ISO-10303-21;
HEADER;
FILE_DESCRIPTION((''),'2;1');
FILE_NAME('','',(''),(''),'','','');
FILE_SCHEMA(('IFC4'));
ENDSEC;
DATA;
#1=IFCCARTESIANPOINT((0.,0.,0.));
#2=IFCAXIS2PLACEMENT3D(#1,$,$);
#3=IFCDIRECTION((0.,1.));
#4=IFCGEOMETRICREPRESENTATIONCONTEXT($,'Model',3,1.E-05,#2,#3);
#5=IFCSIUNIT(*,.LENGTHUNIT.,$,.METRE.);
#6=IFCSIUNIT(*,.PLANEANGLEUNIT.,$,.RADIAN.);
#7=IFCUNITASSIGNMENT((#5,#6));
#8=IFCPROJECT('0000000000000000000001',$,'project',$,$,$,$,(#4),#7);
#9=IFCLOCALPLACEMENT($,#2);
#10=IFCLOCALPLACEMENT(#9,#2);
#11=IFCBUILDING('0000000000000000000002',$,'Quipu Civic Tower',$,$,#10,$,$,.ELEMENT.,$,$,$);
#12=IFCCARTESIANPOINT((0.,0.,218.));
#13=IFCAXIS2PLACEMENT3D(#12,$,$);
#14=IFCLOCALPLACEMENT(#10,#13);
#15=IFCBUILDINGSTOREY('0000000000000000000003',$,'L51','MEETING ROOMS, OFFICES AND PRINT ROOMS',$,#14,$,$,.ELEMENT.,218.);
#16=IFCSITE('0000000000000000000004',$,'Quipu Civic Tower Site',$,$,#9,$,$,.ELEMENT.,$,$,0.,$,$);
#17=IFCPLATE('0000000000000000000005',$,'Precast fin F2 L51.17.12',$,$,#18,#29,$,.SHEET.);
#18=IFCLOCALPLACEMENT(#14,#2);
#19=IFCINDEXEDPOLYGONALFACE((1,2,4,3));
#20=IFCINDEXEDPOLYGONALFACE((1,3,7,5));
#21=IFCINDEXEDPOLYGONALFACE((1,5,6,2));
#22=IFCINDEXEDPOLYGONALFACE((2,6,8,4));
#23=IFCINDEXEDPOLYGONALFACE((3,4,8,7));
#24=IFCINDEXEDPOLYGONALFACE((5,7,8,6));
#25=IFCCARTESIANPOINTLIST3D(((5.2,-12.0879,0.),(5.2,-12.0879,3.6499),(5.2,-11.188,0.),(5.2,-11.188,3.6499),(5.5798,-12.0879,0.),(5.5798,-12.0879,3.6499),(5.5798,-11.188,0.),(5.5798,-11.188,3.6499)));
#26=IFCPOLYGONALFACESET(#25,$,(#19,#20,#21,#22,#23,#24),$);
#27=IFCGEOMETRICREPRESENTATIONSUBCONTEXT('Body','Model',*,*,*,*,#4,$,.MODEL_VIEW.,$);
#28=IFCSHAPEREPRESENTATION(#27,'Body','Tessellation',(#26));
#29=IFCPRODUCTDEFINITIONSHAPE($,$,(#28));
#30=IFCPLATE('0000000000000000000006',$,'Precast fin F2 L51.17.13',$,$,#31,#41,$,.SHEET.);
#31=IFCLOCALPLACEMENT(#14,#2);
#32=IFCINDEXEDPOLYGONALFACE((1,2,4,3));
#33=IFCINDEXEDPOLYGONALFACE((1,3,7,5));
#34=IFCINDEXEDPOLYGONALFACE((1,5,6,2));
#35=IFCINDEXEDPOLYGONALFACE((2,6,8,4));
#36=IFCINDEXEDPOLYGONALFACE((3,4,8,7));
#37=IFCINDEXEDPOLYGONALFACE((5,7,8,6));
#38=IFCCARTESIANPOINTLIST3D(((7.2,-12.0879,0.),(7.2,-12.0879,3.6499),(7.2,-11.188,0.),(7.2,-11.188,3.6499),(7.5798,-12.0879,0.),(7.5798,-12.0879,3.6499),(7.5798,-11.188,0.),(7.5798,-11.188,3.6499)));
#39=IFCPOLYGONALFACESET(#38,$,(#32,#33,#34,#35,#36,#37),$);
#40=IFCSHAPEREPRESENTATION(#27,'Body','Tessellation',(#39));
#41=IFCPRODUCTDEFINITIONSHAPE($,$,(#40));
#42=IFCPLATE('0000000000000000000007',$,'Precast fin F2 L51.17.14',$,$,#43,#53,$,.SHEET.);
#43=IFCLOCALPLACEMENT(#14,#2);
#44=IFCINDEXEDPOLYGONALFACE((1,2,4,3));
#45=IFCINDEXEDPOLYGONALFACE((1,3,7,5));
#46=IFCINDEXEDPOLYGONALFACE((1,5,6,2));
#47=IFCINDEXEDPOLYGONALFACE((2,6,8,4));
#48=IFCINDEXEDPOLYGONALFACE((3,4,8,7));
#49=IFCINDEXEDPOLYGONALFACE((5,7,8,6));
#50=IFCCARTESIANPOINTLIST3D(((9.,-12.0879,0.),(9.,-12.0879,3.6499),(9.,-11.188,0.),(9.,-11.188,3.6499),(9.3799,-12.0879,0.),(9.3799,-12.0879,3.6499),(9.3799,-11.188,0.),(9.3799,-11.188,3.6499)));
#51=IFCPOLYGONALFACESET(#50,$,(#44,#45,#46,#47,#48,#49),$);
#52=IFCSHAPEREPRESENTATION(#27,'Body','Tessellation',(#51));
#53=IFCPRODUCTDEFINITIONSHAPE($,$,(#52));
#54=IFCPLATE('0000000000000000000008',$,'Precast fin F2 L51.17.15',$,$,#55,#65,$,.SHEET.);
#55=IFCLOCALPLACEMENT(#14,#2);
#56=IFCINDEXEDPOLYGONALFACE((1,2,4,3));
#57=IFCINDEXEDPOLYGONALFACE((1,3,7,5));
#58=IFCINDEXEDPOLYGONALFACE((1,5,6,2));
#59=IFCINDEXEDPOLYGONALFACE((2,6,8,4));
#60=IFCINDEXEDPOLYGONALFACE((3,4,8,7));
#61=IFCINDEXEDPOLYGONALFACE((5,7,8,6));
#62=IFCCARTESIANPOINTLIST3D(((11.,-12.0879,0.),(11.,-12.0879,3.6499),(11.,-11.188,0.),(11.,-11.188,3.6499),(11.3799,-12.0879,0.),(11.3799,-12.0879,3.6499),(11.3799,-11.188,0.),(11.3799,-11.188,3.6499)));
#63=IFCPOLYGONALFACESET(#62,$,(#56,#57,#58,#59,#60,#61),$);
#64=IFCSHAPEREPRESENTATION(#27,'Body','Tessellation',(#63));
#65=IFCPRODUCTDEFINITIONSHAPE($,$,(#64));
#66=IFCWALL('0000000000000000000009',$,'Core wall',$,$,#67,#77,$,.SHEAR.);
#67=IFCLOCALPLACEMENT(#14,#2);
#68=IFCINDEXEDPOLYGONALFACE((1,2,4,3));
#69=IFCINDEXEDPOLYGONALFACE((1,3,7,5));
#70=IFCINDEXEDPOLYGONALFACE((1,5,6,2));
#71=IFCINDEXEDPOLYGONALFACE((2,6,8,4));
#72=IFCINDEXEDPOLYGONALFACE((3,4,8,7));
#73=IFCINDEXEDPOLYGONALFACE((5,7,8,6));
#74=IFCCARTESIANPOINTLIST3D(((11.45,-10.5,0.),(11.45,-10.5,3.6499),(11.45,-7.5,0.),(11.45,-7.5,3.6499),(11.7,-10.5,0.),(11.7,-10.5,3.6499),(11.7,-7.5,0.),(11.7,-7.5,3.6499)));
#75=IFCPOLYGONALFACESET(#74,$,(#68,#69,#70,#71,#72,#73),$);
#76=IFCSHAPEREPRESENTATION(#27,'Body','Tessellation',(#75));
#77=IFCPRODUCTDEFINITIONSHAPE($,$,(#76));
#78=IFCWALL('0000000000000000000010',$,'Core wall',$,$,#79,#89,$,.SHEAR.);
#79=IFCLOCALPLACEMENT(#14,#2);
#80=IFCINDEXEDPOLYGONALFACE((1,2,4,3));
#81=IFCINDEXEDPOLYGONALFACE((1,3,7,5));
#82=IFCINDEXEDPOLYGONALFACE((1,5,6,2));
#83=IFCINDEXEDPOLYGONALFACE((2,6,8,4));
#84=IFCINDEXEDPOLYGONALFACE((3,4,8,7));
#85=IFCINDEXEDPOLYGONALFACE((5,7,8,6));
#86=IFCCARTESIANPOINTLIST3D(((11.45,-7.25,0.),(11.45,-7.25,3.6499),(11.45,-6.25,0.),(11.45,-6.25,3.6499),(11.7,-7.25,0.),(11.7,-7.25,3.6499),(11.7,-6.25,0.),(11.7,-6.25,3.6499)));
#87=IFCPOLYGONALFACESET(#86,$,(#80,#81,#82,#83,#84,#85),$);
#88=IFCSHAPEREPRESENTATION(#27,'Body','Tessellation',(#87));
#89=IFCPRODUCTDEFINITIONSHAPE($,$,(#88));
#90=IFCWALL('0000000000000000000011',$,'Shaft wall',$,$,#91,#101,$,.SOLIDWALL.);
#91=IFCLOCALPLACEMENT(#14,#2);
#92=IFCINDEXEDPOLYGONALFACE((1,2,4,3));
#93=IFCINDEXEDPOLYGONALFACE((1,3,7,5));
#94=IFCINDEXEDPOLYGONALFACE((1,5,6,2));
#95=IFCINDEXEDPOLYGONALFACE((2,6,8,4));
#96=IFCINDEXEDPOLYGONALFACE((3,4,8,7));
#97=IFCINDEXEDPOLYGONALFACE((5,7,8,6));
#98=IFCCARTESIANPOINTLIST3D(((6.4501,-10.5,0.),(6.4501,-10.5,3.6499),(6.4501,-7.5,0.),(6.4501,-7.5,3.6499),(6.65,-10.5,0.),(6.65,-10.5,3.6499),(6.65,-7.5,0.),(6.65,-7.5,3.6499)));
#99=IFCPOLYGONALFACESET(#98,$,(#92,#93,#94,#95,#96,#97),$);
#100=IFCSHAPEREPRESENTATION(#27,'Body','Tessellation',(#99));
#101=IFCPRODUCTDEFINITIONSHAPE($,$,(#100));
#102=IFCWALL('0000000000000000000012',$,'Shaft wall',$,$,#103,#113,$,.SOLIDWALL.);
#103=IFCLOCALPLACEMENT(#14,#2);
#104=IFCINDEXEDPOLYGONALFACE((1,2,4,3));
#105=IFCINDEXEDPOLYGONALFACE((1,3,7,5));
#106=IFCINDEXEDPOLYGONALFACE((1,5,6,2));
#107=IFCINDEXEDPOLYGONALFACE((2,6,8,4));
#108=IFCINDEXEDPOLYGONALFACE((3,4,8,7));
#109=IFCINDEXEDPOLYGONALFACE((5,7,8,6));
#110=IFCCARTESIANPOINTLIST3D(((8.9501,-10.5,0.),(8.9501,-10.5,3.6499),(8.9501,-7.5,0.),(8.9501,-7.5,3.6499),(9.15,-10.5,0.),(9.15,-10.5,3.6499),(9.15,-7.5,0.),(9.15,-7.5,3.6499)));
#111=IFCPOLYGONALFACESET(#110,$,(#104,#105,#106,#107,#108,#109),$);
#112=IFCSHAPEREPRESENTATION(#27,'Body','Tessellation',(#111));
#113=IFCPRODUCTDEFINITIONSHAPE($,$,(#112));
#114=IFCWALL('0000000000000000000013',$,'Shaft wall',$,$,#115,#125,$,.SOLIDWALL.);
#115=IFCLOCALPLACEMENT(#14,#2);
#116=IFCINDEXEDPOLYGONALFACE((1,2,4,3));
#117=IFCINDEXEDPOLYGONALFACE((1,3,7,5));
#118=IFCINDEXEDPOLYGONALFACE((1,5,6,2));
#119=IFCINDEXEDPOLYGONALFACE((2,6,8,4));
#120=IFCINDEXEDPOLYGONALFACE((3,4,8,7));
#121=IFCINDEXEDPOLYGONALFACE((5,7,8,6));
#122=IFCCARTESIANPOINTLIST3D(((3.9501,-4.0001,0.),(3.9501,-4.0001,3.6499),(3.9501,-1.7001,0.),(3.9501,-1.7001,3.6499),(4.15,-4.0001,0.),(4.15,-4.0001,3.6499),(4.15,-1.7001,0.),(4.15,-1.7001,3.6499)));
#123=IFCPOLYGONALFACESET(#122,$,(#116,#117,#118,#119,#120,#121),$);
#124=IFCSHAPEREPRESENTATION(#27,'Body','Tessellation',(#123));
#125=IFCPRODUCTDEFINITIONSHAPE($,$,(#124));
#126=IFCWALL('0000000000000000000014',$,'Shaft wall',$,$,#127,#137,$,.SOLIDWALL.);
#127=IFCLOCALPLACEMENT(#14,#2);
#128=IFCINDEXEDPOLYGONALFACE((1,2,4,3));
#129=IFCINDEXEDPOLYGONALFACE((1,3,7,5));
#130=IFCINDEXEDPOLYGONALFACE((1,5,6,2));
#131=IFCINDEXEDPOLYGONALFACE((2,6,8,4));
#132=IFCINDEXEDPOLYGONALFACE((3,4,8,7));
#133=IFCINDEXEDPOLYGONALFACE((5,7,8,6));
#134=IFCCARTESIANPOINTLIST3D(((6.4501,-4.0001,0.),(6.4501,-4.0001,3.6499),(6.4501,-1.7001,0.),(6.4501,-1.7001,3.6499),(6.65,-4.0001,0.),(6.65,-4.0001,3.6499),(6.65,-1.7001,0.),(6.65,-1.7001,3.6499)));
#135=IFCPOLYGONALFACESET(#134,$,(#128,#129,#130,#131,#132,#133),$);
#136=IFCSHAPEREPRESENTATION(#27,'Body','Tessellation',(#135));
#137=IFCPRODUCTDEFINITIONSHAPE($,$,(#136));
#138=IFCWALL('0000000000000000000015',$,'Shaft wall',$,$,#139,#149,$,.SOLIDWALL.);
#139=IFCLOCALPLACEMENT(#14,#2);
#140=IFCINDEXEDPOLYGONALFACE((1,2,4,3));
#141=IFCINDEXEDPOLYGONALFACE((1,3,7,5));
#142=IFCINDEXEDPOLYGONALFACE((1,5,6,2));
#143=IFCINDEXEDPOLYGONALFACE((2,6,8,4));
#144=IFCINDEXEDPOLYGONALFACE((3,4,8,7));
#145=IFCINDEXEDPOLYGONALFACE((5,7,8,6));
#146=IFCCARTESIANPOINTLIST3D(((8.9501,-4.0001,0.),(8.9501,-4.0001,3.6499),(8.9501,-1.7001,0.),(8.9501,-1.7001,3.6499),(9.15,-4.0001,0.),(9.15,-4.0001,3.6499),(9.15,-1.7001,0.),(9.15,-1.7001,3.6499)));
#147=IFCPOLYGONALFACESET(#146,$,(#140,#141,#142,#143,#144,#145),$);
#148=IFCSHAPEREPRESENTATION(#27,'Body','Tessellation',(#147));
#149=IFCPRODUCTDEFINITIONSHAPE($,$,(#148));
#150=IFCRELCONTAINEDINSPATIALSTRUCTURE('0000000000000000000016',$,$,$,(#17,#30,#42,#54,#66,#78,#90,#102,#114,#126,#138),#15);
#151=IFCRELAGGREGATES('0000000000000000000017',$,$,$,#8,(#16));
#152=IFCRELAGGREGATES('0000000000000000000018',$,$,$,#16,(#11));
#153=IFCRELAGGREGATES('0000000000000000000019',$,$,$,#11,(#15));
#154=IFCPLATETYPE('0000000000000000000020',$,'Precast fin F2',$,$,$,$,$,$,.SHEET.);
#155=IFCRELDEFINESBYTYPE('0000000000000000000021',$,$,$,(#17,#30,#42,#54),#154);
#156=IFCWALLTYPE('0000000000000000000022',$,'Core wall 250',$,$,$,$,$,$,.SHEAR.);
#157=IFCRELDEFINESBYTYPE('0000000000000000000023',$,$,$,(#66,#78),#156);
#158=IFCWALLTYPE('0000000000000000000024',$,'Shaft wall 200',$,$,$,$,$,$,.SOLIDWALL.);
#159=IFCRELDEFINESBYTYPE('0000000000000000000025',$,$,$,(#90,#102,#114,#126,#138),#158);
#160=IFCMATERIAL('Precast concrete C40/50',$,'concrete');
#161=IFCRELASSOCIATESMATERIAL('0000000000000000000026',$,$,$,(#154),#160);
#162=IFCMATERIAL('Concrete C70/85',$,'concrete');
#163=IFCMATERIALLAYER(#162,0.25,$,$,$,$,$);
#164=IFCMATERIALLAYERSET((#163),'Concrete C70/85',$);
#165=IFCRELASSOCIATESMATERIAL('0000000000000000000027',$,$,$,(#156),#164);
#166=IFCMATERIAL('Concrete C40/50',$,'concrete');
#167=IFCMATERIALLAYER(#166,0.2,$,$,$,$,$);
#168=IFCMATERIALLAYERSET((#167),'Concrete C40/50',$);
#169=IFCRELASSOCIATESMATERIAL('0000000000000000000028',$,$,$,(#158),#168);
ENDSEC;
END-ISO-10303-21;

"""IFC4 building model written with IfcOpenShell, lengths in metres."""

from ifc_helpers import new_model, si_unit, direction, frame, frame_2d, origin, origin_2d, place, context, subcontext, project, spatial, rectangle, extrude, material, layer, layer_set, type_object, element, save


model = new_model("IFC4")

# Units and contexts
model_context = context("Model", 3, precision=1e-05, world=origin(), true_north=direction((0.0, 1.0)))
body_context = subcontext(model_context, "Body", "Model", "MODEL_VIEW")
ifc_project = project(units=[si_unit("LENGTHUNIT", "METRE"), si_unit("PLANEANGLEUNIT", "RADIAN")], contexts=[model_context])

# Site, building, storey
site_placement = place(None, origin())
site = spatial("IfcSite", under=ifc_project, at=site_placement, Name="Quipu Civic Tower Site", CompositionType="ELEMENT", RefElevation=0.0)
building_placement = place(site_placement, origin())
building = spatial("IfcBuilding", under=site, at=building_placement, Name="Quipu Civic Tower", CompositionType="ELEMENT")
storey_placement = place(building_placement, frame((0.0, 0.0, 218.0)))
storey = spatial("IfcBuildingStorey", under=building, at=storey_placement, Name="L51", Description="MEETING ROOMS, OFFICES AND PRINT ROOMS", CompositionType="ELEMENT", Elevation=218.0)

# Plates
ifc_material_1 = material(Name="Precast concrete C40/50", Category="concrete")
plate_type = type_object("IfcPlateType", Name="Precast fin F2", PredefinedType="SHEET", material=ifc_material_1)
for number, where, z_axis, x_axis, name in (
    (1, (5.3899, -11.6379, 0.0), (0.0, 0.0, 1.0), (1.0, 0.0, 0.0), "Precast fin F2 L51.17.12"),
    (2, (7.3899, -11.6379, 0.0), (0.0, 0.0, 1.0), (1.0, 0.0, 0.0), "Precast fin F2 L51.17.13"),
    (3, (9.1899, -11.6379, 0.0), (0.0, 0.0, 1.0), (1.0, 0.0, 0.0), "Precast fin F2 L51.17.14"),
    (4, (11.1899, -11.6379, 0.0), (0.0, 0.0, 1.0), (1.0, 0.0, 0.0), "Precast fin F2 L51.17.15"),
):
    element("IfcPlate", number, at=place(storey_placement, frame(where, z_axis=z_axis, x_axis=x_axis)), inside=storey, type_object=plate_type, Name=name, PredefinedType="SHEET", context=body_context, shape_type="SweptSolid", body=[
        extrude(rectangle(XDim=0.3799, YDim=0.8999, at=origin_2d()), origin(), (0.0, 0.0, 1.0), 3.6499),
    ])

# Walls
ifc_material_2 = material(Name="Concrete C70/85", Category="concrete")
ifc_layer_1 = layer(ifc_material_2, 0.25)
ifc_layer_set_1 = layer_set([ifc_layer_1], Name="Concrete C70/85")
wall_type_1 = type_object("IfcWallType", Name="Core wall 250", PredefinedType="SHEAR", material=ifc_layer_set_1)
wall_1_placement = place(storey_placement, frame((11.575, -10.5, 0.0), z_axis=(0.0, 0.0, 1.0), x_axis=(0.0, 1.0, 0.0)))
element("IfcWall", 5, at=wall_1_placement, inside=storey, type_object=wall_type_1, Name="Core wall", PredefinedType="SHEAR", context=body_context, shape_type="SweptSolid", body=[
    extrude(rectangle(XDim=3.0, YDim=0.25, at=frame_2d((1.5, 0.0))), origin(), (0.0, 0.0, 1.0), 3.6499),
])
wall_2_placement = place(storey_placement, frame((11.575, -7.25, 0.0), z_axis=(0.0, 0.0, 1.0), x_axis=(0.0, 1.0, 0.0)))
element("IfcWall", 6, at=wall_2_placement, inside=storey, type_object=wall_type_1, Name="Core wall", PredefinedType="SHEAR", context=body_context, shape_type="SweptSolid", body=[
    extrude(rectangle(XDim=1.0, YDim=0.25, at=frame_2d((0.5, 0.0))), origin(), (0.0, 0.0, 1.0), 3.6499),
])
ifc_material_3 = material(Name="Concrete C40/50", Category="concrete")
ifc_layer_2 = layer(ifc_material_3, 0.2)
ifc_layer_set_2 = layer_set([ifc_layer_2], Name="Concrete C40/50")
wall_type_2 = type_object("IfcWallType", Name="Shaft wall 200", PredefinedType="SOLIDWALL", material=ifc_layer_set_2)
for number, where, z_axis, x_axis, name in (
    (7, (6.55, -10.5, 0.0), (0.0, 0.0, 1.0), (0.0, 1.0, 0.0), "Shaft wall"),
    (8, (9.05, -10.5, 0.0), (0.0, 0.0, 1.0), (0.0, 1.0, 0.0), "Shaft wall"),
):
    element("IfcWall", number, at=place(storey_placement, frame(where, z_axis=z_axis, x_axis=x_axis)), inside=storey, type_object=wall_type_2, Name=name, PredefinedType="SOLIDWALL", context=body_context, shape_type="SweptSolid", body=[
        extrude(rectangle(XDim=3.0, YDim=0.2, at=frame_2d((1.5, 0.0))), origin(), (0.0, 0.0, 1.0), 3.6499),
    ])
for number, where, z_axis, x_axis, name in (
    (9, (4.05, -4.0, 0.0), (0.0, 0.0, 1.0), (0.0, 1.0, 0.0), "Shaft wall"),
    (10, (6.55, -4.0, 0.0), (0.0, 0.0, 1.0), (0.0, 1.0, 0.0), "Shaft wall"),
    (11, (9.05, -4.0, 0.0), (0.0, 0.0, 1.0), (0.0, 1.0, 0.0), "Shaft wall"),
):
    element("IfcWall", number, at=place(storey_placement, frame(where, z_axis=z_axis, x_axis=x_axis)), inside=storey, type_object=wall_type_2, Name=name, PredefinedType="SOLIDWALL", context=body_context, shape_type="SweptSolid", body=[
        extrude(rectangle(XDim=2.3, YDim=0.2, at=frame_2d((1.1499, 0.0))), origin(), (0.0, 0.0, 1.0), 3.6499),
    ])

save(model, "model.ifc")
